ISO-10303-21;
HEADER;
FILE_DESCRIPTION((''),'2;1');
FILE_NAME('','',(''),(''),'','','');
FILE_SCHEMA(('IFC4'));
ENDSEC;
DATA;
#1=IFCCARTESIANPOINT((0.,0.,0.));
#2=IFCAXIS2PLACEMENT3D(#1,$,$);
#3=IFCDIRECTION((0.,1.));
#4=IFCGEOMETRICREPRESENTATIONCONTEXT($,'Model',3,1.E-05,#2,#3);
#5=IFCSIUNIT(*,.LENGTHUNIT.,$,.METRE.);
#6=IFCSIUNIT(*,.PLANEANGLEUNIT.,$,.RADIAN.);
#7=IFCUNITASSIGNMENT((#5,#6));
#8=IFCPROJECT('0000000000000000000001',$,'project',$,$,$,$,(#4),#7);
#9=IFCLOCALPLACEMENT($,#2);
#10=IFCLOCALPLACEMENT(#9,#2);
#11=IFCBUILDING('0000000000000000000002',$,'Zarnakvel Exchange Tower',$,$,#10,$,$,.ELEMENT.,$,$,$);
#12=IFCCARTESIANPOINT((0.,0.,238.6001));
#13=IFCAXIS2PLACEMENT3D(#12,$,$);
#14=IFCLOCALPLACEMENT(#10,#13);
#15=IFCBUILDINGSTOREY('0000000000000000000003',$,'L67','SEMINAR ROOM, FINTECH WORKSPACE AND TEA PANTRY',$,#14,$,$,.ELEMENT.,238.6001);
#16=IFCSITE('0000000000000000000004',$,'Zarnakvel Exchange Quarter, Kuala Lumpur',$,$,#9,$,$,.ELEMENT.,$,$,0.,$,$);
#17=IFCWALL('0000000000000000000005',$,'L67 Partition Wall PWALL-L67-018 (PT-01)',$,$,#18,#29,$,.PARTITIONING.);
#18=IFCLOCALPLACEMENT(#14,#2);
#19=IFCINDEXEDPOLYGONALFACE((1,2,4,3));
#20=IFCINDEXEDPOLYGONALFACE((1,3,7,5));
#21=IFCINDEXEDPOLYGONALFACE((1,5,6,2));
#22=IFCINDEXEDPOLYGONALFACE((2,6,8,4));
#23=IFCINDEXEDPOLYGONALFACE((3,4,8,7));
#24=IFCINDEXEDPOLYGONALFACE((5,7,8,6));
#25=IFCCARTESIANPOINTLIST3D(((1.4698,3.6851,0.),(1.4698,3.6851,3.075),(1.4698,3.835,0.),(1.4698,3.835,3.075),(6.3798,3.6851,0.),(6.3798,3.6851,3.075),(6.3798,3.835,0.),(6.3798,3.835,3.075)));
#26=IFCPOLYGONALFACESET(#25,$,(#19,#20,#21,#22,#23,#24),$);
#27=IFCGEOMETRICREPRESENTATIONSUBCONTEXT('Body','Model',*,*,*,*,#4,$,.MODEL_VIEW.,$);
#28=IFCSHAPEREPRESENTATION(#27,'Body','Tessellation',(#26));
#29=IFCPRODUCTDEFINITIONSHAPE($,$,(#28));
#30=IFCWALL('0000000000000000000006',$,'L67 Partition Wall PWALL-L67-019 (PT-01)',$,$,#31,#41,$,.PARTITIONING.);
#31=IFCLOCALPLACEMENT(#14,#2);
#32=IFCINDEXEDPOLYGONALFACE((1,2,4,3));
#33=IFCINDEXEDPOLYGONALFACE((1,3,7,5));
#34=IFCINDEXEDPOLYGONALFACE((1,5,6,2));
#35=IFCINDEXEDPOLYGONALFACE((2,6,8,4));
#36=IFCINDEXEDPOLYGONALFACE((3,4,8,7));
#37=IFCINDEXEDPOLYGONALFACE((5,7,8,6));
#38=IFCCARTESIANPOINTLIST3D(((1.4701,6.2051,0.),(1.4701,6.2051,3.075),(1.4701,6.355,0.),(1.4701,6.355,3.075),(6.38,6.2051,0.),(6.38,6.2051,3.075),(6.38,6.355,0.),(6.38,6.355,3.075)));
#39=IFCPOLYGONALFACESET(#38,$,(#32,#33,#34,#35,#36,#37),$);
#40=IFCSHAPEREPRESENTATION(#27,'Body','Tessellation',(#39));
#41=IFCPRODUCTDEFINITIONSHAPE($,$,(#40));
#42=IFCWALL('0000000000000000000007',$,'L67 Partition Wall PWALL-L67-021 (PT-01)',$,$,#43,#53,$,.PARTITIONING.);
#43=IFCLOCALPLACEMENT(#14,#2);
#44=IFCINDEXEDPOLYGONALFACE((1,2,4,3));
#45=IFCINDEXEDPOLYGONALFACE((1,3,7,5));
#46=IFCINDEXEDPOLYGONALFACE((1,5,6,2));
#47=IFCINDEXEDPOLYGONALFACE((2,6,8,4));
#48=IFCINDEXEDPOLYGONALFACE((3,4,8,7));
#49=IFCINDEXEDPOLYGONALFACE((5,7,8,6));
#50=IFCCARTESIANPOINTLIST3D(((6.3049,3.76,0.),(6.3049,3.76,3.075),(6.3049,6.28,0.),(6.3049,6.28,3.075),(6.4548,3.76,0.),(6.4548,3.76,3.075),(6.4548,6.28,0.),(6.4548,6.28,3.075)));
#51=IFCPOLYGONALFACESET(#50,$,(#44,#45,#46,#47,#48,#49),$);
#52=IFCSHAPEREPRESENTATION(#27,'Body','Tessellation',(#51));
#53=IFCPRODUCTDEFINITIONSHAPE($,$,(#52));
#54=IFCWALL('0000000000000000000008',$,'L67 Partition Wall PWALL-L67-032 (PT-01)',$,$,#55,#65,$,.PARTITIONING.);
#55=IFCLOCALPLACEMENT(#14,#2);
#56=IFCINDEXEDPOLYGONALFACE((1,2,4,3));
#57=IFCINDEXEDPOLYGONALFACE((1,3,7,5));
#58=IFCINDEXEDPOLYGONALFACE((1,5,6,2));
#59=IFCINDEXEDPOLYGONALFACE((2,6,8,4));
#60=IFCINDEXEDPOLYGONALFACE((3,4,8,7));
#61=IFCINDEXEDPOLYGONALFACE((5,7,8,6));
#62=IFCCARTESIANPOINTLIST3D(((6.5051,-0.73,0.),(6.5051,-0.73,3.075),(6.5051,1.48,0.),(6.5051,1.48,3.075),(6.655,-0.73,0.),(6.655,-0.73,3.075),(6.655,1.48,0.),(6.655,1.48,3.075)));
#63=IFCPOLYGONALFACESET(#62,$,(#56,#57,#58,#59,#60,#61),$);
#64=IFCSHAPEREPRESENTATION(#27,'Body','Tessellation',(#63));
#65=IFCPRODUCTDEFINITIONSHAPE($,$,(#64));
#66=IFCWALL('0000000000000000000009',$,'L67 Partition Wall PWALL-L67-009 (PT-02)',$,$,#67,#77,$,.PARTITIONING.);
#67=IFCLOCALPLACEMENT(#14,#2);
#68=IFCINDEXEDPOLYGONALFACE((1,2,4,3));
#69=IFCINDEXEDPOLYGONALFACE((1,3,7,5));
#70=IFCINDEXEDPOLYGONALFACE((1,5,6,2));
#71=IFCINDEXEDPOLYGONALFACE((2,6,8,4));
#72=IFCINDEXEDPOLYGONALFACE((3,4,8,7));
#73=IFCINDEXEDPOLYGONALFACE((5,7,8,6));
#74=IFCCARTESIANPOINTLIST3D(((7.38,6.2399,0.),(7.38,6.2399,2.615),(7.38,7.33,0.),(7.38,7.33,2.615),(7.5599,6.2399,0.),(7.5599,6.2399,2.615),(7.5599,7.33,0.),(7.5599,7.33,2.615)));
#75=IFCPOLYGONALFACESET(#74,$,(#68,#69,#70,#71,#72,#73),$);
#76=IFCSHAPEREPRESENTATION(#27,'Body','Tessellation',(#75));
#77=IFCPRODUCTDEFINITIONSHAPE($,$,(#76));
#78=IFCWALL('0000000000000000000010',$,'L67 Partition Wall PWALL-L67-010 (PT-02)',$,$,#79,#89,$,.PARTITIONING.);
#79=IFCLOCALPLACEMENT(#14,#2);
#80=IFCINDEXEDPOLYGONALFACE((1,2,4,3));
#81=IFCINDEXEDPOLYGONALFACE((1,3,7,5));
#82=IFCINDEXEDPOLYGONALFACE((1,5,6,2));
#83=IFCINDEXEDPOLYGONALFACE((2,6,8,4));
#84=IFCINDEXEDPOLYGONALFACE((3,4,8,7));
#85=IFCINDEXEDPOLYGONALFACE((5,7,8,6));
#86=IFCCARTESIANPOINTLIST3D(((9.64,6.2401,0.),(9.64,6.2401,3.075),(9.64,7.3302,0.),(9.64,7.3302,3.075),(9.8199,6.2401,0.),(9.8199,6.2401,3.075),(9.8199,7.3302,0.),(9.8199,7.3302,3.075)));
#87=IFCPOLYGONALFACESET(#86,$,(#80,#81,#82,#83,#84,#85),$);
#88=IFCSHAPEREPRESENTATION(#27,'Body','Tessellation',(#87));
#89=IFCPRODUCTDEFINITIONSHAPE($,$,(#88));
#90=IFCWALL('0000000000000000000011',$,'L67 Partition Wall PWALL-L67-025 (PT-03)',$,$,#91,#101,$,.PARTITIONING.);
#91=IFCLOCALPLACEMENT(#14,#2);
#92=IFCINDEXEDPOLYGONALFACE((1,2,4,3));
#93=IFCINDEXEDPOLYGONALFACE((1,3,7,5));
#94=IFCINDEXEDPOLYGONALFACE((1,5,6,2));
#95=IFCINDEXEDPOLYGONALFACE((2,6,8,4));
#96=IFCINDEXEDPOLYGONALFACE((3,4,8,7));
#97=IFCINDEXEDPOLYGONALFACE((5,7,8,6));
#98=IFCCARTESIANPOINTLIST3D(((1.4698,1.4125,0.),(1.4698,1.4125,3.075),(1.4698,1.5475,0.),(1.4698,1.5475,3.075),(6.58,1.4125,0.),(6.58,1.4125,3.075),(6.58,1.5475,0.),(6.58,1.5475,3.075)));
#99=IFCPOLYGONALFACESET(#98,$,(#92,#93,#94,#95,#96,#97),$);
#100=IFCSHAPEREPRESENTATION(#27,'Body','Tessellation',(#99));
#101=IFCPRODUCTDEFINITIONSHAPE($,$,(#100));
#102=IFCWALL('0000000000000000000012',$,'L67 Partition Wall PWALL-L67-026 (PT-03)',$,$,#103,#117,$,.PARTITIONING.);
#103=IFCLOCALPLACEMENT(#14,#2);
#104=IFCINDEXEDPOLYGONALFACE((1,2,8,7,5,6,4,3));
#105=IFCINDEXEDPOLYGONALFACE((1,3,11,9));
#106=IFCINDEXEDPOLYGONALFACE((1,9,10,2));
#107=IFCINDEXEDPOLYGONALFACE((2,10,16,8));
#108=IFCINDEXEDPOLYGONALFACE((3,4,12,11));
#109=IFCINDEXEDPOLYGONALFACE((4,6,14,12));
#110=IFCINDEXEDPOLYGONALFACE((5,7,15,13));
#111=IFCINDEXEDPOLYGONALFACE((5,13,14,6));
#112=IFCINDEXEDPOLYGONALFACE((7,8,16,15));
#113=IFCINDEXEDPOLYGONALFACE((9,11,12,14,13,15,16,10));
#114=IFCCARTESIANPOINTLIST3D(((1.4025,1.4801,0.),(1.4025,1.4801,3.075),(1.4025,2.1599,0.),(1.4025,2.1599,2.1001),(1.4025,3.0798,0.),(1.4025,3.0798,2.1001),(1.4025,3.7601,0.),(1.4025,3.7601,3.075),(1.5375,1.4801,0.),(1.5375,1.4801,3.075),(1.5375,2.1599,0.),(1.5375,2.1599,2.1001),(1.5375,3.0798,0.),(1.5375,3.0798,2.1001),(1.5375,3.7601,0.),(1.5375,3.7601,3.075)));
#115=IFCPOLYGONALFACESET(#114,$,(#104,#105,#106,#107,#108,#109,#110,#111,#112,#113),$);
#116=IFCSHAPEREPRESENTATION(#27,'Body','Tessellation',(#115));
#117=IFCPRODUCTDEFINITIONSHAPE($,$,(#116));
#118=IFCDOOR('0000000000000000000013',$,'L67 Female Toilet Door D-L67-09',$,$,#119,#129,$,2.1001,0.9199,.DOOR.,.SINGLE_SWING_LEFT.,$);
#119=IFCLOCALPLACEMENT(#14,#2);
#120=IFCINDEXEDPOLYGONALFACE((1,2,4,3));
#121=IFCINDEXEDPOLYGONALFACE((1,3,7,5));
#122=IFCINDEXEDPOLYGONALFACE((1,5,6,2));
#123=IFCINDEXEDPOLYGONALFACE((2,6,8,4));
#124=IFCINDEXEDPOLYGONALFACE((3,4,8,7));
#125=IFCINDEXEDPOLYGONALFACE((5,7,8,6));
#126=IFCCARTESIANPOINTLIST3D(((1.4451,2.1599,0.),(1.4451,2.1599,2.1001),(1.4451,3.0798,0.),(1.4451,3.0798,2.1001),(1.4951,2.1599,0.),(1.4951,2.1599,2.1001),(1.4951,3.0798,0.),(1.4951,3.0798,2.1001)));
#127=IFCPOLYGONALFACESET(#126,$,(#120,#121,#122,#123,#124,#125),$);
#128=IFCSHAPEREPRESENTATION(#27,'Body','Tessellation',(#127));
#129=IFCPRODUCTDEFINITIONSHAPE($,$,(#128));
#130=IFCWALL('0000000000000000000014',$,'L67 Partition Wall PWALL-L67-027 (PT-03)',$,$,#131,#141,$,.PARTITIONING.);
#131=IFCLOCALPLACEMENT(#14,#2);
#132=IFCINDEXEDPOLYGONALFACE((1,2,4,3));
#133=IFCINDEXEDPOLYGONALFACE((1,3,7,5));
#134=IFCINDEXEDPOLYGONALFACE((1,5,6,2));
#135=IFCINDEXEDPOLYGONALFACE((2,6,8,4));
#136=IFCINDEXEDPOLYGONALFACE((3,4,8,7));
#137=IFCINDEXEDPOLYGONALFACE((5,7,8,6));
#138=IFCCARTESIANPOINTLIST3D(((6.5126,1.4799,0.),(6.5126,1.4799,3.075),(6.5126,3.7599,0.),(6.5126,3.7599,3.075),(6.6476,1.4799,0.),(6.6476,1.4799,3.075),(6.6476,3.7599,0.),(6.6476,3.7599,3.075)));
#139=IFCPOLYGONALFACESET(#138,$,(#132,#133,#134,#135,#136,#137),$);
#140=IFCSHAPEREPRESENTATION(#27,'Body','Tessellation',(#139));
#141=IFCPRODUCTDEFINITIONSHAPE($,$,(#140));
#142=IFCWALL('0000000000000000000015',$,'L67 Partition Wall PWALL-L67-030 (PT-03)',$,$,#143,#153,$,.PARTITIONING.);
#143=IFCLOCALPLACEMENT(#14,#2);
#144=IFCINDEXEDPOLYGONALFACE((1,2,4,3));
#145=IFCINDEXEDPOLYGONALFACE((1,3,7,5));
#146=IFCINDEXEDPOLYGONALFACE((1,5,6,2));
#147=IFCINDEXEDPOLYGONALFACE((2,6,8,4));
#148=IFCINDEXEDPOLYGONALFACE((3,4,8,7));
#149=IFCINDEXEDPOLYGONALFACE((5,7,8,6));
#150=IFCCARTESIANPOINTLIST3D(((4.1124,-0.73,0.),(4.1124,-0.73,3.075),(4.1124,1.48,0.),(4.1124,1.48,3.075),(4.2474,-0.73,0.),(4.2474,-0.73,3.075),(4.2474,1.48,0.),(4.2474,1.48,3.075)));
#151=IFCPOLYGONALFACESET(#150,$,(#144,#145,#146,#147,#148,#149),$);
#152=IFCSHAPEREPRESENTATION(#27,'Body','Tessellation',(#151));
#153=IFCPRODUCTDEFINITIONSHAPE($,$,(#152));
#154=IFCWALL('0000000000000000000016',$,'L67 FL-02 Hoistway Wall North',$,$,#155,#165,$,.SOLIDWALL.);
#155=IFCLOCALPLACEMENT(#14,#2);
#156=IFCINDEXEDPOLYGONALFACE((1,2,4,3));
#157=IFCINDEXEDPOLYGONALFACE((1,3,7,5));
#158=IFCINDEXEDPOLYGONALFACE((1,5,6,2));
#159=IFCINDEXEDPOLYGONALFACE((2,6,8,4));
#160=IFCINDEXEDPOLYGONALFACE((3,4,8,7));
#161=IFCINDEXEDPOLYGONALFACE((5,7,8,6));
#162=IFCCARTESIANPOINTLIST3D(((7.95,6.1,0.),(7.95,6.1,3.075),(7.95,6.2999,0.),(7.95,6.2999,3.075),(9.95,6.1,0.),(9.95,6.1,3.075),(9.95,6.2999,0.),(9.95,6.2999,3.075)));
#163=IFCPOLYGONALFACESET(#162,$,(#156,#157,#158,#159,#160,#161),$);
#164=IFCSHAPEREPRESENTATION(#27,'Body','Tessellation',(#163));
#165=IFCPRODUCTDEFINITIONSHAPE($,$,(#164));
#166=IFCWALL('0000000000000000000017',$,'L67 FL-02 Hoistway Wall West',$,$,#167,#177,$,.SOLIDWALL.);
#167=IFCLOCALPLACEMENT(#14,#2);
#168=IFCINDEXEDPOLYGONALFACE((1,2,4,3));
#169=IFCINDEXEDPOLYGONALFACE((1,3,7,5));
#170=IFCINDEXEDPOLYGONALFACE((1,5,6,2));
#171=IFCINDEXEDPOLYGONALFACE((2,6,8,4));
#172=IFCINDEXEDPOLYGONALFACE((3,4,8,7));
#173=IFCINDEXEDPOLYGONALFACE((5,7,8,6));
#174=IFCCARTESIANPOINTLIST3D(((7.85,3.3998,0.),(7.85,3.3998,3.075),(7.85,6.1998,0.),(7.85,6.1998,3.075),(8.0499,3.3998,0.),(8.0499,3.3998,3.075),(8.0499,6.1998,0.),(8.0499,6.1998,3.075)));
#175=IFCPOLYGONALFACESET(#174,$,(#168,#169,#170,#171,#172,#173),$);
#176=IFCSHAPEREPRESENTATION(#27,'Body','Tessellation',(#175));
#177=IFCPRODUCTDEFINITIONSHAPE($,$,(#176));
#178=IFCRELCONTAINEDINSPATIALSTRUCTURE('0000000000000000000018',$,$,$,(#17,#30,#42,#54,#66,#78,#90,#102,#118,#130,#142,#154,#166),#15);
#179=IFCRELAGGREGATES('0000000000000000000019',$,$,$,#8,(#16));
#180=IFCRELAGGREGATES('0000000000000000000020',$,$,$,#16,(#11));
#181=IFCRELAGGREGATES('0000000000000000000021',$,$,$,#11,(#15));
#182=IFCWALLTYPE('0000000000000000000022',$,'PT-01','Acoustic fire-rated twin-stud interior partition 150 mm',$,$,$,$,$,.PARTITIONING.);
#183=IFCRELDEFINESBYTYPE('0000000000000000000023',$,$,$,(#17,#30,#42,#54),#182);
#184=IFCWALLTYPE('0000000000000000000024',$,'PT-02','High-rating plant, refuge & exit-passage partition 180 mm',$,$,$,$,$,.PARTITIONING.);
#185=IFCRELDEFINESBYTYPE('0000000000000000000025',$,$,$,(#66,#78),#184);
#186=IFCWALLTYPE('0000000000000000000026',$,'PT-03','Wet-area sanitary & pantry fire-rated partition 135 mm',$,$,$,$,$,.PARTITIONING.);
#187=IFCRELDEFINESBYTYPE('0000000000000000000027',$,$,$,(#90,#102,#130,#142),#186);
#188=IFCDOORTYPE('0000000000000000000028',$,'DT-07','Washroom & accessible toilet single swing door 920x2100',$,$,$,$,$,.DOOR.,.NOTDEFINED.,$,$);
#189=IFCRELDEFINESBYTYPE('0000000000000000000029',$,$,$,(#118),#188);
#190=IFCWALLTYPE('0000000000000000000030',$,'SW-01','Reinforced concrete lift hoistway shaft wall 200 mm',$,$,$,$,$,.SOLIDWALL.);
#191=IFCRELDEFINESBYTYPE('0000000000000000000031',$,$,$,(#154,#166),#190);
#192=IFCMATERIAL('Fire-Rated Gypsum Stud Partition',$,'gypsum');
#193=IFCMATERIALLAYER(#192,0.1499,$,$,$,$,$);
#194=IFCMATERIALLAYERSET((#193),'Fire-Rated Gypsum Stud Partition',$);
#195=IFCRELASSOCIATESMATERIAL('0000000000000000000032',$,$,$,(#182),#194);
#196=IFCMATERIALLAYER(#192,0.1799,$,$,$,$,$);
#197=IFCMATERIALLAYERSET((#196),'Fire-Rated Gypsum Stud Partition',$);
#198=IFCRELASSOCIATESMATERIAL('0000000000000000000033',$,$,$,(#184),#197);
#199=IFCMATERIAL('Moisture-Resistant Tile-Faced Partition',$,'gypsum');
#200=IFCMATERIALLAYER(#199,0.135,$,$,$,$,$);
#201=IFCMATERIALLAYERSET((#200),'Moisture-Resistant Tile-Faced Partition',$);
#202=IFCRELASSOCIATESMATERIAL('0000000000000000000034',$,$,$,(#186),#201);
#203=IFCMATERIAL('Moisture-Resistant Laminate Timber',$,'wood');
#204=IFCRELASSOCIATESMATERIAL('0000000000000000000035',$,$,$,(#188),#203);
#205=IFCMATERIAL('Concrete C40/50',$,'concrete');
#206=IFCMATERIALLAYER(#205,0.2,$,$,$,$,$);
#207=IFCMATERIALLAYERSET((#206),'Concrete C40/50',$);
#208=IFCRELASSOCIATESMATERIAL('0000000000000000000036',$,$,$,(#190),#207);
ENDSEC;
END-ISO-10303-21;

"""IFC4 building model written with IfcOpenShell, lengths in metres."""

from ifc_helpers import new_model, si_unit, direction, frame, frame_2d, origin, place, context, subcontext, project, spatial, rectangle, extrude, source, transform, mapped, material, layer, layer_set, type_object, element, fill, save


model = new_model("IFC4")

# Units and contexts
model_context = context("Model", 3, precision=1e-05, world=origin(), true_north=direction((0.0, 1.0)))
body_context = subcontext(model_context, "Body", "Model", "MODEL_VIEW")
ifc_project = project(units=[si_unit("LENGTHUNIT", "METRE"), si_unit("PLANEANGLEUNIT", "RADIAN")], contexts=[model_context])

# Site, building, storey
site_placement = place(None, origin())
site = spatial("IfcSite", under=ifc_project, at=site_placement, Name="Zarnakvel Exchange Quarter, Kuala Lumpur", CompositionType="ELEMENT", RefElevation=0.0)
building_placement = place(site_placement, origin())
building = spatial("IfcBuilding", under=site, at=building_placement, Name="Zarnakvel Exchange Tower", CompositionType="ELEMENT")
storey_placement = place(building_placement, frame((0.0, 0.0, 238.6001)))
storey = spatial("IfcBuildingStorey", under=building, at=storey_placement, Name="L67", Description="SEMINAR ROOM, FINTECH WORKSPACE AND TEA PANTRY", CompositionType="ELEMENT", Elevation=238.6001)

# Walls
ifc_material_1 = material(Name="Fire-Rated Gypsum Stud Partition", Category="gypsum")
ifc_layer_1 = layer(ifc_material_1, 0.1499)
ifc_layer_set_1 = layer_set([ifc_layer_1], Name="Fire-Rated Gypsum Stud Partition")
wall_type_1 = type_object("IfcWallType", Name="PT-01", Description="Acoustic fire-rated twin-stud interior partition 150 mm", PredefinedType="PARTITIONING", material=ifc_layer_set_1)
for number, where, z_axis, x_axis, name in (
    (1, (6.3799, 3.76, 0.0), (0.0, 0.0, 1.0), (-1.0, 0.0, 0.0), "L67 Partition Wall PWALL-L67-018 (PT-01)"),
    (2, (1.47, 6.28, 0.0), (0.0, 0.0, 1.0), (1.0, 0.0, 0.0), "L67 Partition Wall PWALL-L67-019 (PT-01)"),
):
    element("IfcWall", number, at=place(storey_placement, frame(where, z_axis=z_axis, x_axis=x_axis)), inside=storey, type_object=wall_type_1, Name=name, PredefinedType="PARTITIONING", context=body_context, shape_type="SweptSolid", body=[
        extrude(rectangle(XDim=4.9099, YDim=0.1499, at=frame_2d((2.4551, 0.0))), origin(), (0.0, 0.0, 1.0), 3.075),
    ])

# Walls
wall_1_placement = place(storey_placement, frame((6.3799, 6.28, 0.0), z_axis=(0.0, 0.0, 1.0), x_axis=(0.0, -1.0, 0.0)))
element("IfcWall", 3, at=wall_1_placement, inside=storey, type_object=wall_type_1, Name="L67 Partition Wall PWALL-L67-021 (PT-01)", PredefinedType="PARTITIONING", context=body_context, shape_type="SweptSolid", body=[
    extrude(rectangle(XDim=2.52, YDim=0.1499, at=frame_2d((1.26, 0.0))), origin(), (0.0, 0.0, 1.0), 3.075),
])
wall_2_placement = place(storey_placement, frame((6.5801, 1.48, 0.0), z_axis=(0.0, 0.0, 1.0), x_axis=(0.0, -1.0, 0.0)))
element("IfcWall", 4, at=wall_2_placement, inside=storey, type_object=wall_type_1, Name="L67 Partition Wall PWALL-L67-032 (PT-01)", PredefinedType="PARTITIONING", context=body_context, shape_type="SweptSolid", body=[
    extrude(rectangle(XDim=2.21, YDim=0.1499, at=frame_2d((1.105, 0.0))), origin(), (0.0, 0.0, 1.0), 3.075),
])
ifc_layer_2 = layer(ifc_material_1, 0.1799)
ifc_layer_set_2 = layer_set([ifc_layer_2], Name="Fire-Rated Gypsum Stud Partition")
wall_type_2 = type_object("IfcWallType", Name="PT-02", Description="High-rating plant, refuge & exit-passage partition 180 mm", PredefinedType="PARTITIONING", material=ifc_layer_set_2)
wall_3_placement = place(storey_placement, frame((7.47, 6.24, 0.0), z_axis=(0.0, 0.0, 1.0), x_axis=(0.0, 1.0, 0.0)))
element("IfcWall", 5, at=wall_3_placement, inside=storey, type_object=wall_type_2, Name="L67 Partition Wall PWALL-L67-009 (PT-02)", PredefinedType="PARTITIONING", context=body_context, shape_type="SweptSolid", body=[
    extrude(rectangle(XDim=1.0901, YDim=0.1799, at=frame_2d((0.5449, 0.0))), origin(), (0.0, 0.0, 1.0), 2.615),
])
wall_4_placement = place(storey_placement, frame((9.73, 7.3301, 0.0), z_axis=(0.0, 0.0, 1.0), x_axis=(0.0, -1.0, 0.0)))
element("IfcWall", 6, at=wall_4_placement, inside=storey, type_object=wall_type_2, Name="L67 Partition Wall PWALL-L67-010 (PT-02)", PredefinedType="PARTITIONING", context=body_context, shape_type="SweptSolid", body=[
    extrude(rectangle(XDim=1.0901, YDim=0.1799, at=frame_2d((0.5449, 0.0))), origin(), (0.0, 0.0, 1.0), 3.075),
])
ifc_material_2 = material(Name="Moisture-Resistant Tile-Faced Partition", Category="gypsum")
ifc_layer_3 = layer(ifc_material_2, 0.135)
ifc_layer_set_3 = layer_set([ifc_layer_3], Name="Moisture-Resistant Tile-Faced Partition")
wall_type_3 = type_object("IfcWallType", Name="PT-03", Description="Wet-area sanitary & pantry fire-rated partition 135 mm", PredefinedType="PARTITIONING", material=ifc_layer_set_3)
wall_5_placement = place(storey_placement, frame((6.5801, 1.48, 0.0), z_axis=(0.0, 0.0, 1.0), x_axis=(-1.0, 0.0, 0.0)))
element("IfcWall", 7, at=wall_5_placement, inside=storey, type_object=wall_type_3, Name="L67 Partition Wall PWALL-L67-025 (PT-03)", PredefinedType="PARTITIONING", context=body_context, shape_type="SweptSolid", body=[
    extrude(rectangle(XDim=5.1101, YDim=0.135, at=frame_2d((2.5552, 0.0))), origin(), (0.0, 0.0, 1.0), 3.075),
])

# Wall, opening, door
wall_6_placement = place(storey_placement, frame((1.47, 1.48, 0.0), z_axis=(0.0, 0.0, 1.0), x_axis=(0.0, 1.0, 0.0)))
wall_6 = element("IfcWall", 8, at=wall_6_placement, inside=storey, type_object=wall_type_3, Name="L67 Partition Wall PWALL-L67-026 (PT-03)", PredefinedType="PARTITIONING", context=body_context, shape_type="SweptSolid", body=[
    extrude(rectangle(XDim=2.28, YDim=0.135, at=frame_2d((1.1401, 0.0))), origin(), (0.0, 0.0, 1.0), 3.075),
])
opening_1_placement = place(wall_6_placement, frame((0.6799, 0.0, 0.0)))
opening_1 = element("IfcOpeningElement", 9, at=opening_1_placement, cuts=wall_6, PredefinedType="OPENING", context=body_context, shape_type="SweptSolid", body=[
    extrude(rectangle(XDim=0.9199, YDim=2.1001, at=frame_2d((0.46, 1.05))), frame((0.0, 0.0774, 0.0), z_axis=(0.0, -1.0, 0.0), x_axis=(1.0, 0.0, 0.0)), (0.0, 0.0, 1.0), 0.155),
])
ifc_material_3 = material(Name="Moisture-Resistant Laminate Timber", Category="wood")
door_type_1 = type_object("IfcDoorType", Name="DT-07", Description="Washroom & accessible toilet single swing door 920x2100", OperationType="NOTDEFINED", PredefinedType="DOOR", material=ifc_material_3)
shared_shape_1 = source(origin(), body_context, "Body", "SweptSolid", [
    extrude(rectangle(XDim=0.9199, YDim=2.1001, at=frame_2d((0.46, 1.05))), frame((0.0, 0.0249, 0.0), z_axis=(0.0, -1.0, 0.0), x_axis=(1.0, 0.0, 0.0)), (0.0, 0.0, 1.0), 0.05),
])
door_1_placement = place(opening_1_placement, origin())
door_1 = element("IfcDoor", 10, at=door_1_placement, inside=storey, type_object=door_type_1, Name="L67 Female Toilet Door D-L67-09", OperationType="SINGLE_SWING_LEFT", OverallHeight=2.1001, OverallWidth=0.9199, PredefinedType="DOOR", context=body_context, shape_type="MappedRepresentation", body=[
    mapped(shared_shape_1, transform((0.0, 0.0, 0.0), x_axis=(1.0, 0.0, 0.0), y_axis=(0.0, 1.0, 0.0), z_axis=(0.0, 0.0, 1.0), scale=1.0)),
])
fill(opening_1, door_1)

# Walls
wall_7_placement = place(storey_placement, frame((6.5801, 3.76, 0.0), z_axis=(0.0, 0.0, 1.0), x_axis=(0.0, -1.0, 0.0)))
element("IfcWall", 11, at=wall_7_placement, inside=storey, type_object=wall_type_3, Name="L67 Partition Wall PWALL-L67-027 (PT-03)", PredefinedType="PARTITIONING", context=body_context, shape_type="SweptSolid", body=[
    extrude(rectangle(XDim=2.28, YDim=0.135, at=frame_2d((1.1401, 0.0))), origin(), (0.0, 0.0, 1.0), 3.075),
])
wall_8_placement = place(storey_placement, frame((4.1799, 1.48, 0.0), z_axis=(0.0, 0.0, 1.0), x_axis=(0.0, -1.0, 0.0)))
element("IfcWall", 12, at=wall_8_placement, inside=storey, type_object=wall_type_3, Name="L67 Partition Wall PWALL-L67-030 (PT-03)", PredefinedType="PARTITIONING", context=body_context, shape_type="SweptSolid", body=[
    extrude(rectangle(XDim=2.21, YDim=0.135, at=frame_2d((1.105, 0.0))), origin(), (0.0, 0.0, 1.0), 3.075),
])
ifc_material_4 = material(Name="Concrete C40/50", Category="concrete")
ifc_layer_4 = layer(ifc_material_4, 0.2)
ifc_layer_set_4 = layer_set([ifc_layer_4], Name="Concrete C40/50")
wall_type_4 = type_object("IfcWallType", Name="SW-01", Description="Reinforced concrete lift hoistway shaft wall 200 mm", PredefinedType="SOLIDWALL", material=ifc_layer_set_4)
wall_9_placement = place(storey_placement, frame((7.95, 6.2, 0.0), z_axis=(0.0, 0.0, 1.0), x_axis=(1.0, 0.0, 0.0)))
element("IfcWall", 13, at=wall_9_placement, inside=storey, type_object=wall_type_4, Name="L67 FL-02 Hoistway Wall North", PredefinedType="SOLIDWALL", context=body_context, shape_type="SweptSolid", body=[
    extrude(rectangle(XDim=2.0, YDim=0.2, at=frame_2d((1.0, 0.0))), origin(), (0.0, 0.0, 1.0), 3.075),
])
wall_10_placement = place(storey_placement, frame((7.95, 3.3999, 0.0), z_axis=(0.0, 0.0, 1.0), x_axis=(0.0, 1.0, 0.0)))
element("IfcWall", 14, at=wall_10_placement, inside=storey, type_object=wall_type_4, Name="L67 FL-02 Hoistway Wall West", PredefinedType="SOLIDWALL", context=body_context, shape_type="SweptSolid", body=[
    extrude(rectangle(XDim=2.8, YDim=0.2, at=frame_2d((1.3999, 0.0))), origin(), (0.0, 0.0, 1.0), 3.075),
])

save(model, "model.ifc")
